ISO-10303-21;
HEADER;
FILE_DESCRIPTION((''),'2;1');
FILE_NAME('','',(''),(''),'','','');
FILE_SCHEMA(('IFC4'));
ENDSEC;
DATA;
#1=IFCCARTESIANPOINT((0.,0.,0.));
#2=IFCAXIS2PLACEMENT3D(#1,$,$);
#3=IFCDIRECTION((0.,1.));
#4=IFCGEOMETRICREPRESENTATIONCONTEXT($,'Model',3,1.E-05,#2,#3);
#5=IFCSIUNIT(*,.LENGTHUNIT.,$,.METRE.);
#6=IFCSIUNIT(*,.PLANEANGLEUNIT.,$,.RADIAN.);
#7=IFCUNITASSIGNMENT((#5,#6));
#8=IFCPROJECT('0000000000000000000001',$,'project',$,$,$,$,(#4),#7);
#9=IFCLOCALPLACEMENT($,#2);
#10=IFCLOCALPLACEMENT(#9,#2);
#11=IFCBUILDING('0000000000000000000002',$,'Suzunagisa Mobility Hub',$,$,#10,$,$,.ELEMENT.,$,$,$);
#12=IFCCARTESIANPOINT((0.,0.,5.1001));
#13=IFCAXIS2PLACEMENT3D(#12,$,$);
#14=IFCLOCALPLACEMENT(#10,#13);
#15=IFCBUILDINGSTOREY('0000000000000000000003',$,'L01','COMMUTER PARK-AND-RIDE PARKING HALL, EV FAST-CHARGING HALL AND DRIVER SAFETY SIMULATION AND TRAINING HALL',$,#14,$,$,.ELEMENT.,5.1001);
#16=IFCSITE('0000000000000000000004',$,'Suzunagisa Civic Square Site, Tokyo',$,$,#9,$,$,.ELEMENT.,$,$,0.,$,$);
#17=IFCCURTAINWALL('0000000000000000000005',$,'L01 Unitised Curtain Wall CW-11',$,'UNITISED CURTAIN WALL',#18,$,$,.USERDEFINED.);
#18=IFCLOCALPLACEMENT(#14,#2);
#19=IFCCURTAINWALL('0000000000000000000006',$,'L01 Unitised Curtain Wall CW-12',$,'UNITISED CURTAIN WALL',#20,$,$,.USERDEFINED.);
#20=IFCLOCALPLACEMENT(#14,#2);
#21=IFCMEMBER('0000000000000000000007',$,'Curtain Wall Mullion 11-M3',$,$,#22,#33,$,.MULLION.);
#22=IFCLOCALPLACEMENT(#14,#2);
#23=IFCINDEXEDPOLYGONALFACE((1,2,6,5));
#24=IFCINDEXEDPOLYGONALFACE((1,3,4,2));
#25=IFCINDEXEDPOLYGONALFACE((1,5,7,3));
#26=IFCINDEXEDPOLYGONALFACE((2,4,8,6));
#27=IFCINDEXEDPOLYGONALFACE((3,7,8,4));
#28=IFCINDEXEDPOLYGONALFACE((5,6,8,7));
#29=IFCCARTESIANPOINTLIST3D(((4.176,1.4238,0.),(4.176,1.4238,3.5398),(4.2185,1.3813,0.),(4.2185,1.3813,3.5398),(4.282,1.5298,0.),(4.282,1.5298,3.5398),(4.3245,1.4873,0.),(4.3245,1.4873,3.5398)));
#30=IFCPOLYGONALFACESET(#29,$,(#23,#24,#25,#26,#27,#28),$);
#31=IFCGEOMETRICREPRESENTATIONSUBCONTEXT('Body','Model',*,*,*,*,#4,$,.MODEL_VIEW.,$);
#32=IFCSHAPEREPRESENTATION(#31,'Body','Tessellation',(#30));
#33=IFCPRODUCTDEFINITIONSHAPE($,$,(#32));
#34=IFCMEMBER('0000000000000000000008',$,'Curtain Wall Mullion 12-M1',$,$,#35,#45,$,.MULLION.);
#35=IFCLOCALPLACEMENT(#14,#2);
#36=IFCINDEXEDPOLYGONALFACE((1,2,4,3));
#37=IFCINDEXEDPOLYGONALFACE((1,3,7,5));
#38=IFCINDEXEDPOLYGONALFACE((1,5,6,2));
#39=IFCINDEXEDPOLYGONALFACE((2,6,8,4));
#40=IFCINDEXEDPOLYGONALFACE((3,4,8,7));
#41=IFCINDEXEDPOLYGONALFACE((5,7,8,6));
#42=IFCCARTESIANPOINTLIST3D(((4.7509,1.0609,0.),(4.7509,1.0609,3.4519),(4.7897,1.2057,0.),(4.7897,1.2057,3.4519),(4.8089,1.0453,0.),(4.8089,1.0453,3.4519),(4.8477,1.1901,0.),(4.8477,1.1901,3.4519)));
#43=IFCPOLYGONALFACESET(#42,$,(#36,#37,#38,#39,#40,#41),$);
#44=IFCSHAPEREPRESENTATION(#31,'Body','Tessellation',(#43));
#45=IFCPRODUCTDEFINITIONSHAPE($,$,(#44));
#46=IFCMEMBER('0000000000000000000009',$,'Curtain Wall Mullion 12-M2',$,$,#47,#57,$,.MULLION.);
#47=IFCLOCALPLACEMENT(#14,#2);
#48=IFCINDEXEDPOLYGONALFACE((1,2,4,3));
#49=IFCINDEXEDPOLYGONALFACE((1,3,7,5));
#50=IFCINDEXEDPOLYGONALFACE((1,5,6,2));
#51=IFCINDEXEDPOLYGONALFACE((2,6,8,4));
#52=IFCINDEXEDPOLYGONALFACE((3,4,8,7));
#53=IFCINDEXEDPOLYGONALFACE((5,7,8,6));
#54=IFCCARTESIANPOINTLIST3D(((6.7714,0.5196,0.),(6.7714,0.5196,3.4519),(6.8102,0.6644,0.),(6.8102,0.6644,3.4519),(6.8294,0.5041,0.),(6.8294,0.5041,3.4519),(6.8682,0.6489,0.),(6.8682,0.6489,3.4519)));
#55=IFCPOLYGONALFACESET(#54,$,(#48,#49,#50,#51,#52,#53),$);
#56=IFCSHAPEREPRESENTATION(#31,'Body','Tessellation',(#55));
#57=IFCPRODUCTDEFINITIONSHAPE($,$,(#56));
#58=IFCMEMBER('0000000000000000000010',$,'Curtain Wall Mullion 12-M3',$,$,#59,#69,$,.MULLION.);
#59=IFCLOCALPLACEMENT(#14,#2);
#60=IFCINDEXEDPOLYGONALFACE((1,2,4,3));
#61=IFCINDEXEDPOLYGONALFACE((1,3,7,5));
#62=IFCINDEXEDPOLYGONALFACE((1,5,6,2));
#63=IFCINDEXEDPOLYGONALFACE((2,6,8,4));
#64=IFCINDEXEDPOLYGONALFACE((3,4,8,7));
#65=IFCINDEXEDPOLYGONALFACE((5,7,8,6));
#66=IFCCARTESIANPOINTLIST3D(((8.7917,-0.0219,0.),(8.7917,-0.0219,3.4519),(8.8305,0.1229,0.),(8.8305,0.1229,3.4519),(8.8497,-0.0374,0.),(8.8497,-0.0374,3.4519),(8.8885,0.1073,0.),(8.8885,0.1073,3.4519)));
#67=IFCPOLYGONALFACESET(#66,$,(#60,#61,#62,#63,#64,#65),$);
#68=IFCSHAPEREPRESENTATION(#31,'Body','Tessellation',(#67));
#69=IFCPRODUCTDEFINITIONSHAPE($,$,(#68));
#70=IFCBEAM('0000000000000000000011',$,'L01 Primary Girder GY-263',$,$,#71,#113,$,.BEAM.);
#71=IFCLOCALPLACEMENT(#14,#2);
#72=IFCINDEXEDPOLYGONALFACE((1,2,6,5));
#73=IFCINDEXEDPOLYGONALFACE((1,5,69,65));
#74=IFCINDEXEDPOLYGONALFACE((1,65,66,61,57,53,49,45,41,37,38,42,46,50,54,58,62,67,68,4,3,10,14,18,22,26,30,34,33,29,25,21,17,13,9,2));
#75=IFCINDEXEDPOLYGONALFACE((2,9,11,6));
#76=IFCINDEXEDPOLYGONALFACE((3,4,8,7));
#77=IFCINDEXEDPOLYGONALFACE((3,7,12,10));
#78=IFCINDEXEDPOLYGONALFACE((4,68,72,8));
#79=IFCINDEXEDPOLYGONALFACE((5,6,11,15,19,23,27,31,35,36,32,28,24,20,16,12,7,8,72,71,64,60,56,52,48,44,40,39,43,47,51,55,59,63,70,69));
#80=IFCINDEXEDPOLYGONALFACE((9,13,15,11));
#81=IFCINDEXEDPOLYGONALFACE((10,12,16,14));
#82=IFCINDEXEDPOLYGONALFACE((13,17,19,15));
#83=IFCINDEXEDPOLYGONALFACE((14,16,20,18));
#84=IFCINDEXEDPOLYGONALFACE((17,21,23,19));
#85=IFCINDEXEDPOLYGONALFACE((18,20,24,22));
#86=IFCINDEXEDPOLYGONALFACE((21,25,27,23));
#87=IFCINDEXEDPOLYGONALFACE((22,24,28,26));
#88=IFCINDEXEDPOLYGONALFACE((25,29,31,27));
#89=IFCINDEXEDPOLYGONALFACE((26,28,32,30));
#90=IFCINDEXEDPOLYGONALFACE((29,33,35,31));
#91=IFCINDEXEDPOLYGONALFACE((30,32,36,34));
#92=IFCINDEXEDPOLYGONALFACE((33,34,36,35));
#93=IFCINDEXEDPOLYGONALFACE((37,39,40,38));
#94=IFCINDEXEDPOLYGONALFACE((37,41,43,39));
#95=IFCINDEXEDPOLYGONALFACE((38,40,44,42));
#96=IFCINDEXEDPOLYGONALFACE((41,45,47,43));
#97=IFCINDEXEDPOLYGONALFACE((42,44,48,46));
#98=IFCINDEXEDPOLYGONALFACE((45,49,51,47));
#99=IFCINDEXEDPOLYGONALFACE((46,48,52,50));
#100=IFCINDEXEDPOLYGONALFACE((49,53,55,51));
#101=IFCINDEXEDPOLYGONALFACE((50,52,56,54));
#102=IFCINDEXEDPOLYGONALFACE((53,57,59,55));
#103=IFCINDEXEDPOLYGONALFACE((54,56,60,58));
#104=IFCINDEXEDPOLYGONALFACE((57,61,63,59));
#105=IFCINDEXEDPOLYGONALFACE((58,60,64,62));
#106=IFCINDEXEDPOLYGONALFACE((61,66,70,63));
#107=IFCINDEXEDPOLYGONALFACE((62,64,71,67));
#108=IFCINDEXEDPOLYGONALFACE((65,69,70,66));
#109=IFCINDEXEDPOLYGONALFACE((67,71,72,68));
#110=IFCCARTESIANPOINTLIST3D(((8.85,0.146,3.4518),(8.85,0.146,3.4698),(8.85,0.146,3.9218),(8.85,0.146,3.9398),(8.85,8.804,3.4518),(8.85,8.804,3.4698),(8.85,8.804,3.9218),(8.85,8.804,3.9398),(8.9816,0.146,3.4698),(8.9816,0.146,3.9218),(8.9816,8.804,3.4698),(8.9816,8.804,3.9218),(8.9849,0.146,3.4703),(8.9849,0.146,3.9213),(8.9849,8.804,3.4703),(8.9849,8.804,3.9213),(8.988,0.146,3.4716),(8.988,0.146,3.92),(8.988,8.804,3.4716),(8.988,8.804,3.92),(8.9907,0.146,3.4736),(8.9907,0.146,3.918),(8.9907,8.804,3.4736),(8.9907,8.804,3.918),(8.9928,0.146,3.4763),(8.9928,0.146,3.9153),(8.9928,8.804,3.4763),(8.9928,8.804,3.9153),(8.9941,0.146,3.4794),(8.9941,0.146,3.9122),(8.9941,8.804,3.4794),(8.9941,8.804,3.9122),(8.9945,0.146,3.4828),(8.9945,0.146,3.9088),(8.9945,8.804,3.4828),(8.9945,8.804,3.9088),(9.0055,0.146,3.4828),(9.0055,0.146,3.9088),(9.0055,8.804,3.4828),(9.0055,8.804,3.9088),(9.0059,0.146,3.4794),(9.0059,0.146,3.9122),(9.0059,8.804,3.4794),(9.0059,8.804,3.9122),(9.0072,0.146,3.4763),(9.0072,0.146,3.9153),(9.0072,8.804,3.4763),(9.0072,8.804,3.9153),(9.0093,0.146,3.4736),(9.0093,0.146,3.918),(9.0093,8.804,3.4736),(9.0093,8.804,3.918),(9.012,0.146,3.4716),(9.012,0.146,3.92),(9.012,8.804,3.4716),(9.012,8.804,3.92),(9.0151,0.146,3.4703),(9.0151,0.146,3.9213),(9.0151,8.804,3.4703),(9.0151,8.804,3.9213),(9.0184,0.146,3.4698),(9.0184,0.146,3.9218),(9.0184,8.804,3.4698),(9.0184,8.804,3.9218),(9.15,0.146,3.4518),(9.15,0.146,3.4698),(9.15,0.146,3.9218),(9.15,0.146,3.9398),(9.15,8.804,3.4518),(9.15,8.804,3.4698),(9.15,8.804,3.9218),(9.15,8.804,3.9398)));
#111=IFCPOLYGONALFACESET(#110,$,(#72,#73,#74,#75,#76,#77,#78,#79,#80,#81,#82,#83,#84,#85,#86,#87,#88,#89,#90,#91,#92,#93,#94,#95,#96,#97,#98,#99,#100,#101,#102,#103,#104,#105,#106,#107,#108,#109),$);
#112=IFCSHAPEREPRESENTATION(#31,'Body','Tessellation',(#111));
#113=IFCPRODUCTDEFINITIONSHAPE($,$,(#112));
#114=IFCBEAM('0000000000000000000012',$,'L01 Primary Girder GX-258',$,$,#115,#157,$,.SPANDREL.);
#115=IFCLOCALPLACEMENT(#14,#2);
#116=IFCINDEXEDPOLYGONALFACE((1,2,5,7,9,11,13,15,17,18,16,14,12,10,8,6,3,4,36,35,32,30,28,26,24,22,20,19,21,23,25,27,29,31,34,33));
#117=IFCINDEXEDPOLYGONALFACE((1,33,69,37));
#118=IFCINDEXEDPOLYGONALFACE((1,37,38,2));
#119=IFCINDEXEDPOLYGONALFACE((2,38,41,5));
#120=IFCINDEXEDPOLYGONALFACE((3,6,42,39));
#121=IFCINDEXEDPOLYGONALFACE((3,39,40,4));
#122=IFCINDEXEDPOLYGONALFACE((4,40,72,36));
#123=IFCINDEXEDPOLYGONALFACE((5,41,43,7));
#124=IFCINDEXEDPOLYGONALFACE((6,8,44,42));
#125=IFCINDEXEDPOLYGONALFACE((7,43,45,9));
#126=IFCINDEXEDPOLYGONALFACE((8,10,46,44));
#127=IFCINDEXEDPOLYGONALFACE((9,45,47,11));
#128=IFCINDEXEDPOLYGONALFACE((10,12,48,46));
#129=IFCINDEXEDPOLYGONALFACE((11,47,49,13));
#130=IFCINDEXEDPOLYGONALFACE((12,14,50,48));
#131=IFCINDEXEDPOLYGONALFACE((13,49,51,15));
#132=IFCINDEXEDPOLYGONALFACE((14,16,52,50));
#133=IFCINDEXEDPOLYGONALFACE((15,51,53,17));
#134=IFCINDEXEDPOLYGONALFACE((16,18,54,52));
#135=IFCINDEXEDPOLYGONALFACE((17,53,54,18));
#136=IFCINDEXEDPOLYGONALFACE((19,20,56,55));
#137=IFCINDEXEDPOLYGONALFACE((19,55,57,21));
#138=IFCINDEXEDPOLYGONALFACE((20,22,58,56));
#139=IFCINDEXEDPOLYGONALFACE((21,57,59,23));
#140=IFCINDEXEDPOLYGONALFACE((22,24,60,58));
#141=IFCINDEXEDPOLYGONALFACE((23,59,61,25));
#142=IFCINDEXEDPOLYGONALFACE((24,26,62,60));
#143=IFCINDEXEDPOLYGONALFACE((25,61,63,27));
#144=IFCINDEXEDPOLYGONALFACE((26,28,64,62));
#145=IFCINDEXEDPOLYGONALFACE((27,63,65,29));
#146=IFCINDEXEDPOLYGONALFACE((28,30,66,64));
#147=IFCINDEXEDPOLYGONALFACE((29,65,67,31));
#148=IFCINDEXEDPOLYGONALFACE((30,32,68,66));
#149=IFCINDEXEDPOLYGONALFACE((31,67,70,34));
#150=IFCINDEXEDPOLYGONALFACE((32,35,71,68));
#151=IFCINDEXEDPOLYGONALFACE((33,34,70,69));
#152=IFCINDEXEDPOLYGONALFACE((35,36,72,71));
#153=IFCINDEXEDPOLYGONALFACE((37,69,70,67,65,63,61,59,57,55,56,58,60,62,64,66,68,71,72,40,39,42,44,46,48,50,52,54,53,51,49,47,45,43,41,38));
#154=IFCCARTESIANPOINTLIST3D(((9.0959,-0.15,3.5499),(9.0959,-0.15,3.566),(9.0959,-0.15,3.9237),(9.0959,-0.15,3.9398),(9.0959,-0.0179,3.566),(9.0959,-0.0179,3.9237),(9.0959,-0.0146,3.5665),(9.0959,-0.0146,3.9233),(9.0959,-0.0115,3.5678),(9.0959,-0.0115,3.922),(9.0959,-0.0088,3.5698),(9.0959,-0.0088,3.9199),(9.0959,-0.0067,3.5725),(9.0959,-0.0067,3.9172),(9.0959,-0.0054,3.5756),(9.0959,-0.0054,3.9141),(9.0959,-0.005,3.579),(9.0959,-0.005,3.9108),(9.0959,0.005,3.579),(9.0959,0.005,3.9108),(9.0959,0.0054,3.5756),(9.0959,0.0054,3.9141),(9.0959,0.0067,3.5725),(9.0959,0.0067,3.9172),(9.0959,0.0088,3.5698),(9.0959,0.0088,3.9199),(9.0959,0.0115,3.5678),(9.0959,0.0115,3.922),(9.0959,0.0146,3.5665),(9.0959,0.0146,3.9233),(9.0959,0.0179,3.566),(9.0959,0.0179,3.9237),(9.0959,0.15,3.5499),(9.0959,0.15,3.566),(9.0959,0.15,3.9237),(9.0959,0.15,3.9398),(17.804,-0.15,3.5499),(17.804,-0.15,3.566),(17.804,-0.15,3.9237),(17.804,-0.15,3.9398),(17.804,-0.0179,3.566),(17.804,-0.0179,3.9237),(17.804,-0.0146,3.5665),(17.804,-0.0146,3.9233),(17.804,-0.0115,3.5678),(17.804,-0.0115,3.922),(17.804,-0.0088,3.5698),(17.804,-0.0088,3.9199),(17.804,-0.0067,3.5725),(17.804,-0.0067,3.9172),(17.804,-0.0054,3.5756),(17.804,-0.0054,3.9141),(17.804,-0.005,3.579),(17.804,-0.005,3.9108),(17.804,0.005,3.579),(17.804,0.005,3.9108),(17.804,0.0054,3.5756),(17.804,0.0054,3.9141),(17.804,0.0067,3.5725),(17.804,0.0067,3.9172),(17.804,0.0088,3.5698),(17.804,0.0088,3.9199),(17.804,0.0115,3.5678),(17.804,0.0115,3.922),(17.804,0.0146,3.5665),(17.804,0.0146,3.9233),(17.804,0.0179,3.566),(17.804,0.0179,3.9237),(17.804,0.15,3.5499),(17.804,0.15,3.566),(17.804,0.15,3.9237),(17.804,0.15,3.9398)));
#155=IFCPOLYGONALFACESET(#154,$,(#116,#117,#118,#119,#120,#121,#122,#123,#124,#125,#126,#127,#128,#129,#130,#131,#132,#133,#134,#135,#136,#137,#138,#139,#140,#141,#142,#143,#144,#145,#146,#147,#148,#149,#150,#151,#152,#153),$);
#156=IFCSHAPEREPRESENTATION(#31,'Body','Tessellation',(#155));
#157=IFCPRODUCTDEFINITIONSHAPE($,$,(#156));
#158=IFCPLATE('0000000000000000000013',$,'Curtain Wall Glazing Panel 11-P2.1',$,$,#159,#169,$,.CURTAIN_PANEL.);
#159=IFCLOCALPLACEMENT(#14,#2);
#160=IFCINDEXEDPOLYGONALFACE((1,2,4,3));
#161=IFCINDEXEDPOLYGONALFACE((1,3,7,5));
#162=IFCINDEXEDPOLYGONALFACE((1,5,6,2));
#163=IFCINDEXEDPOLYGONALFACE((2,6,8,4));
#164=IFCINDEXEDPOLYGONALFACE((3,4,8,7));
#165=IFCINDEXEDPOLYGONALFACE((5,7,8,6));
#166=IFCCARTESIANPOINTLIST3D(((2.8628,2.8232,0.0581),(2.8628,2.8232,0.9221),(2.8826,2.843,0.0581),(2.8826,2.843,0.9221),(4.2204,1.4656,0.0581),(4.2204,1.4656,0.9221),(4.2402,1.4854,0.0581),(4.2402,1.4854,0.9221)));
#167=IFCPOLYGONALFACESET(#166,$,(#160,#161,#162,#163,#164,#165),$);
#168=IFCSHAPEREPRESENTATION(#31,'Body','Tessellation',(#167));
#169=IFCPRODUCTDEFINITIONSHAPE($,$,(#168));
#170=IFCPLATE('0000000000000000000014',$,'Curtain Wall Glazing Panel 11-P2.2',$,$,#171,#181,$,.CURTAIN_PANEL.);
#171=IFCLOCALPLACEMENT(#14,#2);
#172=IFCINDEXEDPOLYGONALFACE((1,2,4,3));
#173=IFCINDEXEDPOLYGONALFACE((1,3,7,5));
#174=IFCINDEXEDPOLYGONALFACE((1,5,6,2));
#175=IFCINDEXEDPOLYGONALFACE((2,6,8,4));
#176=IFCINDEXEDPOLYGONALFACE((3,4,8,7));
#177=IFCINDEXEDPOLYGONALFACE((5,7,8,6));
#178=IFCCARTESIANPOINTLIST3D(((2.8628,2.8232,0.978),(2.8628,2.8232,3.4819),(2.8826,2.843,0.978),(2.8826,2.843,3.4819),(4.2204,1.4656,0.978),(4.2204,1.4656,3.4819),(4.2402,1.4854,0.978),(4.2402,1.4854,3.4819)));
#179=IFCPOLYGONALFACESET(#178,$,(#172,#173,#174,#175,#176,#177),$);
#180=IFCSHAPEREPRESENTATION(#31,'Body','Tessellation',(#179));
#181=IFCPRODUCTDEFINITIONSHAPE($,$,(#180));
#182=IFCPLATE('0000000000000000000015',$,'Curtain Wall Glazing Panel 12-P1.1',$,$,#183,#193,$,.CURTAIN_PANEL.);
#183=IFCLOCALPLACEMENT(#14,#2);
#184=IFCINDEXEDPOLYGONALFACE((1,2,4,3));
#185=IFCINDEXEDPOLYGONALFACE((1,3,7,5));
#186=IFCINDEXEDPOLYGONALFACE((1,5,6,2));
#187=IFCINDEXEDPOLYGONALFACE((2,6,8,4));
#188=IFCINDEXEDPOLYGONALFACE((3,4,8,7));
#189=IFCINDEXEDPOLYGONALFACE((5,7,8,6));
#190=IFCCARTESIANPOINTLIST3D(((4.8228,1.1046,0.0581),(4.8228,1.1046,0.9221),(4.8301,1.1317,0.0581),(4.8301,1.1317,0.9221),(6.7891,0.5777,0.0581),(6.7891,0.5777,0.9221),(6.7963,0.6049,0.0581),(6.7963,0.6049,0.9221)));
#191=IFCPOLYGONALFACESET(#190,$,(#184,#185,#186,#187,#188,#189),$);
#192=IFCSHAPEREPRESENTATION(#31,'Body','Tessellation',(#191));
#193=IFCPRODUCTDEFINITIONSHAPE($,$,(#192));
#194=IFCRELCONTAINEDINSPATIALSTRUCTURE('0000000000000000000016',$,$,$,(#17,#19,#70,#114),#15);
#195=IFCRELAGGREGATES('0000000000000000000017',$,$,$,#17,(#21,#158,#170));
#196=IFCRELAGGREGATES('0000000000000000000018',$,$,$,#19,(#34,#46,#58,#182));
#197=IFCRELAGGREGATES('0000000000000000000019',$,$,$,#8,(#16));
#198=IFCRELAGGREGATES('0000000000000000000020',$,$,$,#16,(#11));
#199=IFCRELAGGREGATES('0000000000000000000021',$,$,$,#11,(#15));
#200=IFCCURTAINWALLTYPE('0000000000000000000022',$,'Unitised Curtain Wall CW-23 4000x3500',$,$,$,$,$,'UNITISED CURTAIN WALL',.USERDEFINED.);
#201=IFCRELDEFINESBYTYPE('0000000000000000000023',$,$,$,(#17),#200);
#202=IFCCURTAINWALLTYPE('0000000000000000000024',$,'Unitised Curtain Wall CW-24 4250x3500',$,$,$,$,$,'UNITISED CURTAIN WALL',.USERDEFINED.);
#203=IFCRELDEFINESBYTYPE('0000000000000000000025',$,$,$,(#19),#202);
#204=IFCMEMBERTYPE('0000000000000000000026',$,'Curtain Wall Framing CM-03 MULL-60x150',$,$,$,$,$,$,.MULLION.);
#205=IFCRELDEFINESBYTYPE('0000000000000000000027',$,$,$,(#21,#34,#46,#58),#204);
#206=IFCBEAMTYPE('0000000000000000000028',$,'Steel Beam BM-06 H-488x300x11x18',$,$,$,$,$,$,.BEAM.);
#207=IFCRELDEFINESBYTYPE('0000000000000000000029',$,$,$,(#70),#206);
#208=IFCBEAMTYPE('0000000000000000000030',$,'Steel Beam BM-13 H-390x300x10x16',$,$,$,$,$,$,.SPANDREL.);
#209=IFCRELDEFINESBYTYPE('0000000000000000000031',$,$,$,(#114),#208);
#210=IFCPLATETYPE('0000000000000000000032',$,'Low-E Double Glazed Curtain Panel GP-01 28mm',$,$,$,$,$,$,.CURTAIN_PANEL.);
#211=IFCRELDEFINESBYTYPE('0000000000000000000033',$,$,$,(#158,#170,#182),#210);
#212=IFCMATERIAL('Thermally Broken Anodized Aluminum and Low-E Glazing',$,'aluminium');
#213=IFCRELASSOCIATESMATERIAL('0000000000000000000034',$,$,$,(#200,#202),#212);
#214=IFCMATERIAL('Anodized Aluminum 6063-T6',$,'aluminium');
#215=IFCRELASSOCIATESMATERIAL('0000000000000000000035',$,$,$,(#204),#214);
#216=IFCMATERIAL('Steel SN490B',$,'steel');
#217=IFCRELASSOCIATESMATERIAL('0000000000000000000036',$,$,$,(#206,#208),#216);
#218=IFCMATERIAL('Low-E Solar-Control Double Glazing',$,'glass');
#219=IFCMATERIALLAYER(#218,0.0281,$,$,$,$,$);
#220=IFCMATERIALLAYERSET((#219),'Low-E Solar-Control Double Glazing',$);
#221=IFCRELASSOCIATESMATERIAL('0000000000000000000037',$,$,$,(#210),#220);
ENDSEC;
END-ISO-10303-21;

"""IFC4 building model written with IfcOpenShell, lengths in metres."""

from ifc_helpers import new_model, si_unit, direction, frame, origin, origin_2d, place, context, subcontext, project, spatial, rectangle, i_section, extrude, material, layer, layer_set, material_profile, profile_set, type_object, element, aggregate, save


model = new_model("IFC4")

# Units and contexts
model_context = context("Model", 3, precision=1e-05, world=origin(), true_north=direction((0.0, 1.0)))
body_context = subcontext(model_context, "Body", "Model", "MODEL_VIEW")
ifc_project = project(units=[si_unit("LENGTHUNIT", "METRE"), si_unit("PLANEANGLEUNIT", "RADIAN")], contexts=[model_context])

# Site, building, storey
site_placement = place(None, origin())
site = spatial("IfcSite", under=ifc_project, at=site_placement, Name="Suzunagisa Civic Square Site, Tokyo", CompositionType="ELEMENT", RefElevation=0.0)
building_placement = place(site_placement, origin())
building = spatial("IfcBuilding", under=site, at=building_placement, Name="Suzunagisa Mobility Hub", CompositionType="ELEMENT")
storey_placement = place(building_placement, frame((0.0, 0.0, 5.1001)))
storey = spatial("IfcBuildingStorey", under=building, at=storey_placement, Name="L01", Description="COMMUTER PARK-AND-RIDE PARKING HALL, EV FAST-CHARGING HALL AND DRIVER SAFETY SIMULATION AND TRAINING HALL", CompositionType="ELEMENT", Elevation=5.1001)

# Shared definitions
ifc_material_1 = material(Name="Steel SN490B", Category="steel")

# Curtain walls
ifc_material_2 = material(Name="Thermally Broken Anodized Aluminum and Low-E Glazing", Category="aluminium")
curtain_wall_type_1 = type_object("IfcCurtainWallType", Name="Unitised Curtain Wall CW-23 4000x3500", ElementType="UNITISED CURTAIN WALL", PredefinedType="USERDEFINED", material=ifc_material_2)
curtain_wall_1_placement = place(storey_placement, origin())
curtain_wall_1 = element("IfcCurtainWall", 1, at=curtain_wall_1_placement, inside=storey, type_object=curtain_wall_type_1, Name="L01 Unitised Curtain Wall CW-11", ObjectType="UNITISED CURTAIN WALL", PredefinedType="USERDEFINED")
ifc_material_3 = material(Name="Anodized Aluminum 6063-T6", Category="aluminium")
curtain_wall_type_2 = type_object("IfcCurtainWallType", Name="Unitised Curtain Wall CW-24 4250x3500", ElementType="UNITISED CURTAIN WALL", PredefinedType="USERDEFINED", material=ifc_material_2)
curtain_wall_2_placement = place(storey_placement, origin())
curtain_wall_2 = element("IfcCurtainWall", 2, at=curtain_wall_2_placement, inside=storey, type_object=curtain_wall_type_2, Name="L01 Unitised Curtain Wall CW-12", ObjectType="UNITISED CURTAIN WALL", PredefinedType="USERDEFINED")

# Members
ifc_material_profile_1 = material_profile(ifc_material_3, rectangle(XDim=0.0601, YDim=0.1499, at=origin_2d()), Name="MULL-60x150")
ifc_profile_set_1 = profile_set([ifc_material_profile_1], Name="Anodized Aluminum 6063-T6")
member_type_1 = type_object("IfcMemberType", Name="Curtain Wall Framing CM-03 MULL-60x150", PredefinedType="MULLION", material=ifc_profile_set_1)
member_1_placement = place(storey_placement, frame((4.2502, 1.4556, 0.0), z_axis=(0.0, 0.0, 1.0), x_axis=(0.707107, -0.707107, 0.0)))
member_1 = element("IfcMember", 3, at=member_1_placement, type_object=member_type_1, Name="Curtain Wall Mullion 11-M3", PredefinedType="MULLION", context=body_context, shape_type="SweptSolid", body=[
    extrude(rectangle(XDim=0.0601, YDim=0.1499, at=origin_2d()), origin(), (0.0, 0.0, 1.0), 3.5398),
])
member_2_placement = place(storey_placement, frame((4.7993, 1.1255, 0.0), z_axis=(0.0, 0.0, 1.0), x_axis=(0.965924, -0.258826, 0.0)))
member_2 = element("IfcMember", 4, at=member_2_placement, type_object=member_type_1, Name="Curtain Wall Mullion 12-M1", PredefinedType="MULLION", context=body_context, shape_type="SweptSolid", body=[
    extrude(rectangle(XDim=0.0601, YDim=0.1499, at=origin_2d()), origin(), (0.0, 0.0, 1.0), 3.4519),
])
member_3_placement = place(storey_placement, frame((6.8198, 0.5842, 0.0), z_axis=(0.0, 0.0, 1.0), x_axis=(0.965924, -0.258826, 0.0)))
member_3 = element("IfcMember", 5, at=member_3_placement, type_object=member_type_1, Name="Curtain Wall Mullion 12-M2", PredefinedType="MULLION", context=body_context, shape_type="SweptSolid", body=[
    extrude(rectangle(XDim=0.0601, YDim=0.1499, at=origin_2d()), origin(), (0.0, 0.0, 1.0), 3.4519),
])
member_4_placement = place(storey_placement, frame((8.8401, 0.0427, 0.0), z_axis=(0.0, 0.0, 1.0), x_axis=(0.965924, -0.258826, 0.0)))
member_4 = element("IfcMember", 6, at=member_4_placement, type_object=member_type_1, Name="Curtain Wall Mullion 12-M3", PredefinedType="MULLION", context=body_context, shape_type="SweptSolid", body=[
    extrude(rectangle(XDim=0.0601, YDim=0.1499, at=origin_2d()), origin(), (0.0, 0.0, 1.0), 3.4519),
])

# Beams
ifc_material_profile_2 = material_profile(ifc_material_1, i_section(OverallWidth=0.3, OverallDepth=0.488, WebThickness=0.011, FlangeThickness=0.0181, FilletRadius=0.0129, at=origin_2d()), Name="H-488x300x11x18")
ifc_profile_set_2 = profile_set([ifc_material_profile_2], Name="Steel SN490B")
beam_type_1 = type_object("IfcBeamType", Name="Steel Beam BM-06 H-488x300x11x18", PredefinedType="BEAM", material=ifc_profile_set_2)
beam_1_placement = place(storey_placement, frame((9.0, 0.146, 3.6958), z_axis=(0.0, 1.0, 0.0), x_axis=(-1.0, 0.0, 0.0)))
element("IfcBeam", 7, at=beam_1_placement, inside=storey, type_object=beam_type_1, Name="L01 Primary Girder GY-263", PredefinedType="BEAM", context=body_context, shape_type="SweptSolid", body=[
    extrude(i_section(OverallWidth=0.3, OverallDepth=0.488, WebThickness=0.011, FlangeThickness=0.0181, FilletRadius=0.0129, at=origin_2d()), origin(), (0.0, 0.0, 1.0), 8.658),
])
ifc_material_profile_3 = material_profile(ifc_material_1, i_section(OverallWidth=0.3, OverallDepth=0.3899, WebThickness=0.01, FlangeThickness=0.0161, FilletRadius=0.0129, at=origin_2d()), Name="H-390x300x10x16")
ifc_profile_set_3 = profile_set([ifc_material_profile_3], Name="Steel SN490B")
beam_type_2 = type_object("IfcBeamType", Name="Steel Beam BM-13 H-390x300x10x16", PredefinedType="SPANDREL", material=ifc_profile_set_3)
beam_2_placement = place(storey_placement, frame((9.0959, 0.0, 3.7449), z_axis=(1.0, 0.0, 0.0), x_axis=(0.0, 1.0, 0.0)))
element("IfcBeam", 8, at=beam_2_placement, inside=storey, type_object=beam_type_2, Name="L01 Primary Girder GX-258", PredefinedType="SPANDREL", context=body_context, shape_type="SweptSolid", body=[
    extrude(i_section(OverallWidth=0.3, OverallDepth=0.3899, WebThickness=0.01, FlangeThickness=0.0161, FilletRadius=0.0129, at=origin_2d()), origin(), (0.0, 0.0, 1.0), 8.708),
])

# Plates
ifc_material_4 = material(Name="Low-E Solar-Control Double Glazing", Category="glass")
ifc_layer_1 = layer(ifc_material_4, 0.0281)
ifc_layer_set_1 = layer_set([ifc_layer_1], Name="Low-E Solar-Control Double Glazing")
plate_type_1 = type_object("IfcPlateType", Name="Low-E Double Glazed Curtain Panel GP-01 28mm", PredefinedType="CURTAIN_PANEL", material=ifc_layer_set_1)
plate_1_placement = place(storey_placement, frame((3.5515, 2.1543, 0.0581), z_axis=(0.0, 0.0, 1.0), x_axis=(0.707107, -0.707107, 0.0)))
plate_1 = element("IfcPlate", 9, at=plate_1_placement, type_object=plate_type_1, Name="Curtain Wall Glazing Panel 11-P2.1", PredefinedType="CURTAIN_PANEL", context=body_context, shape_type="SweptSolid", body=[
    extrude(rectangle(XDim=1.9199, YDim=0.0281, at=origin_2d()), origin(), (0.0, 0.0, 1.0), 0.864),
])
plate_2_placement = place(storey_placement, frame((3.5515, 2.1543, 0.978), z_axis=(0.0, 0.0, 1.0), x_axis=(0.707107, -0.707107, 0.0)))
plate_2 = element("IfcPlate", 10, at=plate_2_placement, type_object=plate_type_1, Name="Curtain Wall Glazing Panel 11-P2.2", PredefinedType="CURTAIN_PANEL", context=body_context, shape_type="SweptSolid", body=[
    extrude(rectangle(XDim=1.9199, YDim=0.0281, at=origin_2d()), origin(), (0.0, 0.0, 1.0), 2.5039),
])
aggregate(curtain_wall_1, [member_1, plate_1, plate_2])
plate_3_placement = place(storey_placement, frame((5.8096, 0.8547, 0.0581), z_axis=(0.0, 0.0, 1.0), x_axis=(0.965924, -0.258826, 0.0)))
plate_3 = element("IfcPlate", 11, at=plate_3_placement, type_object=plate_type_1, Name="Curtain Wall Glazing Panel 12-P1.1", PredefinedType="CURTAIN_PANEL", context=body_context, shape_type="SweptSolid", body=[
    extrude(rectangle(XDim=2.0356, YDim=0.0281, at=origin_2d()), origin(), (0.0, 0.0, 1.0), 0.864),
])
aggregate(curtain_wall_2, [member_2, member_3, member_4, plate_3])

save(model, "model.ifc")
